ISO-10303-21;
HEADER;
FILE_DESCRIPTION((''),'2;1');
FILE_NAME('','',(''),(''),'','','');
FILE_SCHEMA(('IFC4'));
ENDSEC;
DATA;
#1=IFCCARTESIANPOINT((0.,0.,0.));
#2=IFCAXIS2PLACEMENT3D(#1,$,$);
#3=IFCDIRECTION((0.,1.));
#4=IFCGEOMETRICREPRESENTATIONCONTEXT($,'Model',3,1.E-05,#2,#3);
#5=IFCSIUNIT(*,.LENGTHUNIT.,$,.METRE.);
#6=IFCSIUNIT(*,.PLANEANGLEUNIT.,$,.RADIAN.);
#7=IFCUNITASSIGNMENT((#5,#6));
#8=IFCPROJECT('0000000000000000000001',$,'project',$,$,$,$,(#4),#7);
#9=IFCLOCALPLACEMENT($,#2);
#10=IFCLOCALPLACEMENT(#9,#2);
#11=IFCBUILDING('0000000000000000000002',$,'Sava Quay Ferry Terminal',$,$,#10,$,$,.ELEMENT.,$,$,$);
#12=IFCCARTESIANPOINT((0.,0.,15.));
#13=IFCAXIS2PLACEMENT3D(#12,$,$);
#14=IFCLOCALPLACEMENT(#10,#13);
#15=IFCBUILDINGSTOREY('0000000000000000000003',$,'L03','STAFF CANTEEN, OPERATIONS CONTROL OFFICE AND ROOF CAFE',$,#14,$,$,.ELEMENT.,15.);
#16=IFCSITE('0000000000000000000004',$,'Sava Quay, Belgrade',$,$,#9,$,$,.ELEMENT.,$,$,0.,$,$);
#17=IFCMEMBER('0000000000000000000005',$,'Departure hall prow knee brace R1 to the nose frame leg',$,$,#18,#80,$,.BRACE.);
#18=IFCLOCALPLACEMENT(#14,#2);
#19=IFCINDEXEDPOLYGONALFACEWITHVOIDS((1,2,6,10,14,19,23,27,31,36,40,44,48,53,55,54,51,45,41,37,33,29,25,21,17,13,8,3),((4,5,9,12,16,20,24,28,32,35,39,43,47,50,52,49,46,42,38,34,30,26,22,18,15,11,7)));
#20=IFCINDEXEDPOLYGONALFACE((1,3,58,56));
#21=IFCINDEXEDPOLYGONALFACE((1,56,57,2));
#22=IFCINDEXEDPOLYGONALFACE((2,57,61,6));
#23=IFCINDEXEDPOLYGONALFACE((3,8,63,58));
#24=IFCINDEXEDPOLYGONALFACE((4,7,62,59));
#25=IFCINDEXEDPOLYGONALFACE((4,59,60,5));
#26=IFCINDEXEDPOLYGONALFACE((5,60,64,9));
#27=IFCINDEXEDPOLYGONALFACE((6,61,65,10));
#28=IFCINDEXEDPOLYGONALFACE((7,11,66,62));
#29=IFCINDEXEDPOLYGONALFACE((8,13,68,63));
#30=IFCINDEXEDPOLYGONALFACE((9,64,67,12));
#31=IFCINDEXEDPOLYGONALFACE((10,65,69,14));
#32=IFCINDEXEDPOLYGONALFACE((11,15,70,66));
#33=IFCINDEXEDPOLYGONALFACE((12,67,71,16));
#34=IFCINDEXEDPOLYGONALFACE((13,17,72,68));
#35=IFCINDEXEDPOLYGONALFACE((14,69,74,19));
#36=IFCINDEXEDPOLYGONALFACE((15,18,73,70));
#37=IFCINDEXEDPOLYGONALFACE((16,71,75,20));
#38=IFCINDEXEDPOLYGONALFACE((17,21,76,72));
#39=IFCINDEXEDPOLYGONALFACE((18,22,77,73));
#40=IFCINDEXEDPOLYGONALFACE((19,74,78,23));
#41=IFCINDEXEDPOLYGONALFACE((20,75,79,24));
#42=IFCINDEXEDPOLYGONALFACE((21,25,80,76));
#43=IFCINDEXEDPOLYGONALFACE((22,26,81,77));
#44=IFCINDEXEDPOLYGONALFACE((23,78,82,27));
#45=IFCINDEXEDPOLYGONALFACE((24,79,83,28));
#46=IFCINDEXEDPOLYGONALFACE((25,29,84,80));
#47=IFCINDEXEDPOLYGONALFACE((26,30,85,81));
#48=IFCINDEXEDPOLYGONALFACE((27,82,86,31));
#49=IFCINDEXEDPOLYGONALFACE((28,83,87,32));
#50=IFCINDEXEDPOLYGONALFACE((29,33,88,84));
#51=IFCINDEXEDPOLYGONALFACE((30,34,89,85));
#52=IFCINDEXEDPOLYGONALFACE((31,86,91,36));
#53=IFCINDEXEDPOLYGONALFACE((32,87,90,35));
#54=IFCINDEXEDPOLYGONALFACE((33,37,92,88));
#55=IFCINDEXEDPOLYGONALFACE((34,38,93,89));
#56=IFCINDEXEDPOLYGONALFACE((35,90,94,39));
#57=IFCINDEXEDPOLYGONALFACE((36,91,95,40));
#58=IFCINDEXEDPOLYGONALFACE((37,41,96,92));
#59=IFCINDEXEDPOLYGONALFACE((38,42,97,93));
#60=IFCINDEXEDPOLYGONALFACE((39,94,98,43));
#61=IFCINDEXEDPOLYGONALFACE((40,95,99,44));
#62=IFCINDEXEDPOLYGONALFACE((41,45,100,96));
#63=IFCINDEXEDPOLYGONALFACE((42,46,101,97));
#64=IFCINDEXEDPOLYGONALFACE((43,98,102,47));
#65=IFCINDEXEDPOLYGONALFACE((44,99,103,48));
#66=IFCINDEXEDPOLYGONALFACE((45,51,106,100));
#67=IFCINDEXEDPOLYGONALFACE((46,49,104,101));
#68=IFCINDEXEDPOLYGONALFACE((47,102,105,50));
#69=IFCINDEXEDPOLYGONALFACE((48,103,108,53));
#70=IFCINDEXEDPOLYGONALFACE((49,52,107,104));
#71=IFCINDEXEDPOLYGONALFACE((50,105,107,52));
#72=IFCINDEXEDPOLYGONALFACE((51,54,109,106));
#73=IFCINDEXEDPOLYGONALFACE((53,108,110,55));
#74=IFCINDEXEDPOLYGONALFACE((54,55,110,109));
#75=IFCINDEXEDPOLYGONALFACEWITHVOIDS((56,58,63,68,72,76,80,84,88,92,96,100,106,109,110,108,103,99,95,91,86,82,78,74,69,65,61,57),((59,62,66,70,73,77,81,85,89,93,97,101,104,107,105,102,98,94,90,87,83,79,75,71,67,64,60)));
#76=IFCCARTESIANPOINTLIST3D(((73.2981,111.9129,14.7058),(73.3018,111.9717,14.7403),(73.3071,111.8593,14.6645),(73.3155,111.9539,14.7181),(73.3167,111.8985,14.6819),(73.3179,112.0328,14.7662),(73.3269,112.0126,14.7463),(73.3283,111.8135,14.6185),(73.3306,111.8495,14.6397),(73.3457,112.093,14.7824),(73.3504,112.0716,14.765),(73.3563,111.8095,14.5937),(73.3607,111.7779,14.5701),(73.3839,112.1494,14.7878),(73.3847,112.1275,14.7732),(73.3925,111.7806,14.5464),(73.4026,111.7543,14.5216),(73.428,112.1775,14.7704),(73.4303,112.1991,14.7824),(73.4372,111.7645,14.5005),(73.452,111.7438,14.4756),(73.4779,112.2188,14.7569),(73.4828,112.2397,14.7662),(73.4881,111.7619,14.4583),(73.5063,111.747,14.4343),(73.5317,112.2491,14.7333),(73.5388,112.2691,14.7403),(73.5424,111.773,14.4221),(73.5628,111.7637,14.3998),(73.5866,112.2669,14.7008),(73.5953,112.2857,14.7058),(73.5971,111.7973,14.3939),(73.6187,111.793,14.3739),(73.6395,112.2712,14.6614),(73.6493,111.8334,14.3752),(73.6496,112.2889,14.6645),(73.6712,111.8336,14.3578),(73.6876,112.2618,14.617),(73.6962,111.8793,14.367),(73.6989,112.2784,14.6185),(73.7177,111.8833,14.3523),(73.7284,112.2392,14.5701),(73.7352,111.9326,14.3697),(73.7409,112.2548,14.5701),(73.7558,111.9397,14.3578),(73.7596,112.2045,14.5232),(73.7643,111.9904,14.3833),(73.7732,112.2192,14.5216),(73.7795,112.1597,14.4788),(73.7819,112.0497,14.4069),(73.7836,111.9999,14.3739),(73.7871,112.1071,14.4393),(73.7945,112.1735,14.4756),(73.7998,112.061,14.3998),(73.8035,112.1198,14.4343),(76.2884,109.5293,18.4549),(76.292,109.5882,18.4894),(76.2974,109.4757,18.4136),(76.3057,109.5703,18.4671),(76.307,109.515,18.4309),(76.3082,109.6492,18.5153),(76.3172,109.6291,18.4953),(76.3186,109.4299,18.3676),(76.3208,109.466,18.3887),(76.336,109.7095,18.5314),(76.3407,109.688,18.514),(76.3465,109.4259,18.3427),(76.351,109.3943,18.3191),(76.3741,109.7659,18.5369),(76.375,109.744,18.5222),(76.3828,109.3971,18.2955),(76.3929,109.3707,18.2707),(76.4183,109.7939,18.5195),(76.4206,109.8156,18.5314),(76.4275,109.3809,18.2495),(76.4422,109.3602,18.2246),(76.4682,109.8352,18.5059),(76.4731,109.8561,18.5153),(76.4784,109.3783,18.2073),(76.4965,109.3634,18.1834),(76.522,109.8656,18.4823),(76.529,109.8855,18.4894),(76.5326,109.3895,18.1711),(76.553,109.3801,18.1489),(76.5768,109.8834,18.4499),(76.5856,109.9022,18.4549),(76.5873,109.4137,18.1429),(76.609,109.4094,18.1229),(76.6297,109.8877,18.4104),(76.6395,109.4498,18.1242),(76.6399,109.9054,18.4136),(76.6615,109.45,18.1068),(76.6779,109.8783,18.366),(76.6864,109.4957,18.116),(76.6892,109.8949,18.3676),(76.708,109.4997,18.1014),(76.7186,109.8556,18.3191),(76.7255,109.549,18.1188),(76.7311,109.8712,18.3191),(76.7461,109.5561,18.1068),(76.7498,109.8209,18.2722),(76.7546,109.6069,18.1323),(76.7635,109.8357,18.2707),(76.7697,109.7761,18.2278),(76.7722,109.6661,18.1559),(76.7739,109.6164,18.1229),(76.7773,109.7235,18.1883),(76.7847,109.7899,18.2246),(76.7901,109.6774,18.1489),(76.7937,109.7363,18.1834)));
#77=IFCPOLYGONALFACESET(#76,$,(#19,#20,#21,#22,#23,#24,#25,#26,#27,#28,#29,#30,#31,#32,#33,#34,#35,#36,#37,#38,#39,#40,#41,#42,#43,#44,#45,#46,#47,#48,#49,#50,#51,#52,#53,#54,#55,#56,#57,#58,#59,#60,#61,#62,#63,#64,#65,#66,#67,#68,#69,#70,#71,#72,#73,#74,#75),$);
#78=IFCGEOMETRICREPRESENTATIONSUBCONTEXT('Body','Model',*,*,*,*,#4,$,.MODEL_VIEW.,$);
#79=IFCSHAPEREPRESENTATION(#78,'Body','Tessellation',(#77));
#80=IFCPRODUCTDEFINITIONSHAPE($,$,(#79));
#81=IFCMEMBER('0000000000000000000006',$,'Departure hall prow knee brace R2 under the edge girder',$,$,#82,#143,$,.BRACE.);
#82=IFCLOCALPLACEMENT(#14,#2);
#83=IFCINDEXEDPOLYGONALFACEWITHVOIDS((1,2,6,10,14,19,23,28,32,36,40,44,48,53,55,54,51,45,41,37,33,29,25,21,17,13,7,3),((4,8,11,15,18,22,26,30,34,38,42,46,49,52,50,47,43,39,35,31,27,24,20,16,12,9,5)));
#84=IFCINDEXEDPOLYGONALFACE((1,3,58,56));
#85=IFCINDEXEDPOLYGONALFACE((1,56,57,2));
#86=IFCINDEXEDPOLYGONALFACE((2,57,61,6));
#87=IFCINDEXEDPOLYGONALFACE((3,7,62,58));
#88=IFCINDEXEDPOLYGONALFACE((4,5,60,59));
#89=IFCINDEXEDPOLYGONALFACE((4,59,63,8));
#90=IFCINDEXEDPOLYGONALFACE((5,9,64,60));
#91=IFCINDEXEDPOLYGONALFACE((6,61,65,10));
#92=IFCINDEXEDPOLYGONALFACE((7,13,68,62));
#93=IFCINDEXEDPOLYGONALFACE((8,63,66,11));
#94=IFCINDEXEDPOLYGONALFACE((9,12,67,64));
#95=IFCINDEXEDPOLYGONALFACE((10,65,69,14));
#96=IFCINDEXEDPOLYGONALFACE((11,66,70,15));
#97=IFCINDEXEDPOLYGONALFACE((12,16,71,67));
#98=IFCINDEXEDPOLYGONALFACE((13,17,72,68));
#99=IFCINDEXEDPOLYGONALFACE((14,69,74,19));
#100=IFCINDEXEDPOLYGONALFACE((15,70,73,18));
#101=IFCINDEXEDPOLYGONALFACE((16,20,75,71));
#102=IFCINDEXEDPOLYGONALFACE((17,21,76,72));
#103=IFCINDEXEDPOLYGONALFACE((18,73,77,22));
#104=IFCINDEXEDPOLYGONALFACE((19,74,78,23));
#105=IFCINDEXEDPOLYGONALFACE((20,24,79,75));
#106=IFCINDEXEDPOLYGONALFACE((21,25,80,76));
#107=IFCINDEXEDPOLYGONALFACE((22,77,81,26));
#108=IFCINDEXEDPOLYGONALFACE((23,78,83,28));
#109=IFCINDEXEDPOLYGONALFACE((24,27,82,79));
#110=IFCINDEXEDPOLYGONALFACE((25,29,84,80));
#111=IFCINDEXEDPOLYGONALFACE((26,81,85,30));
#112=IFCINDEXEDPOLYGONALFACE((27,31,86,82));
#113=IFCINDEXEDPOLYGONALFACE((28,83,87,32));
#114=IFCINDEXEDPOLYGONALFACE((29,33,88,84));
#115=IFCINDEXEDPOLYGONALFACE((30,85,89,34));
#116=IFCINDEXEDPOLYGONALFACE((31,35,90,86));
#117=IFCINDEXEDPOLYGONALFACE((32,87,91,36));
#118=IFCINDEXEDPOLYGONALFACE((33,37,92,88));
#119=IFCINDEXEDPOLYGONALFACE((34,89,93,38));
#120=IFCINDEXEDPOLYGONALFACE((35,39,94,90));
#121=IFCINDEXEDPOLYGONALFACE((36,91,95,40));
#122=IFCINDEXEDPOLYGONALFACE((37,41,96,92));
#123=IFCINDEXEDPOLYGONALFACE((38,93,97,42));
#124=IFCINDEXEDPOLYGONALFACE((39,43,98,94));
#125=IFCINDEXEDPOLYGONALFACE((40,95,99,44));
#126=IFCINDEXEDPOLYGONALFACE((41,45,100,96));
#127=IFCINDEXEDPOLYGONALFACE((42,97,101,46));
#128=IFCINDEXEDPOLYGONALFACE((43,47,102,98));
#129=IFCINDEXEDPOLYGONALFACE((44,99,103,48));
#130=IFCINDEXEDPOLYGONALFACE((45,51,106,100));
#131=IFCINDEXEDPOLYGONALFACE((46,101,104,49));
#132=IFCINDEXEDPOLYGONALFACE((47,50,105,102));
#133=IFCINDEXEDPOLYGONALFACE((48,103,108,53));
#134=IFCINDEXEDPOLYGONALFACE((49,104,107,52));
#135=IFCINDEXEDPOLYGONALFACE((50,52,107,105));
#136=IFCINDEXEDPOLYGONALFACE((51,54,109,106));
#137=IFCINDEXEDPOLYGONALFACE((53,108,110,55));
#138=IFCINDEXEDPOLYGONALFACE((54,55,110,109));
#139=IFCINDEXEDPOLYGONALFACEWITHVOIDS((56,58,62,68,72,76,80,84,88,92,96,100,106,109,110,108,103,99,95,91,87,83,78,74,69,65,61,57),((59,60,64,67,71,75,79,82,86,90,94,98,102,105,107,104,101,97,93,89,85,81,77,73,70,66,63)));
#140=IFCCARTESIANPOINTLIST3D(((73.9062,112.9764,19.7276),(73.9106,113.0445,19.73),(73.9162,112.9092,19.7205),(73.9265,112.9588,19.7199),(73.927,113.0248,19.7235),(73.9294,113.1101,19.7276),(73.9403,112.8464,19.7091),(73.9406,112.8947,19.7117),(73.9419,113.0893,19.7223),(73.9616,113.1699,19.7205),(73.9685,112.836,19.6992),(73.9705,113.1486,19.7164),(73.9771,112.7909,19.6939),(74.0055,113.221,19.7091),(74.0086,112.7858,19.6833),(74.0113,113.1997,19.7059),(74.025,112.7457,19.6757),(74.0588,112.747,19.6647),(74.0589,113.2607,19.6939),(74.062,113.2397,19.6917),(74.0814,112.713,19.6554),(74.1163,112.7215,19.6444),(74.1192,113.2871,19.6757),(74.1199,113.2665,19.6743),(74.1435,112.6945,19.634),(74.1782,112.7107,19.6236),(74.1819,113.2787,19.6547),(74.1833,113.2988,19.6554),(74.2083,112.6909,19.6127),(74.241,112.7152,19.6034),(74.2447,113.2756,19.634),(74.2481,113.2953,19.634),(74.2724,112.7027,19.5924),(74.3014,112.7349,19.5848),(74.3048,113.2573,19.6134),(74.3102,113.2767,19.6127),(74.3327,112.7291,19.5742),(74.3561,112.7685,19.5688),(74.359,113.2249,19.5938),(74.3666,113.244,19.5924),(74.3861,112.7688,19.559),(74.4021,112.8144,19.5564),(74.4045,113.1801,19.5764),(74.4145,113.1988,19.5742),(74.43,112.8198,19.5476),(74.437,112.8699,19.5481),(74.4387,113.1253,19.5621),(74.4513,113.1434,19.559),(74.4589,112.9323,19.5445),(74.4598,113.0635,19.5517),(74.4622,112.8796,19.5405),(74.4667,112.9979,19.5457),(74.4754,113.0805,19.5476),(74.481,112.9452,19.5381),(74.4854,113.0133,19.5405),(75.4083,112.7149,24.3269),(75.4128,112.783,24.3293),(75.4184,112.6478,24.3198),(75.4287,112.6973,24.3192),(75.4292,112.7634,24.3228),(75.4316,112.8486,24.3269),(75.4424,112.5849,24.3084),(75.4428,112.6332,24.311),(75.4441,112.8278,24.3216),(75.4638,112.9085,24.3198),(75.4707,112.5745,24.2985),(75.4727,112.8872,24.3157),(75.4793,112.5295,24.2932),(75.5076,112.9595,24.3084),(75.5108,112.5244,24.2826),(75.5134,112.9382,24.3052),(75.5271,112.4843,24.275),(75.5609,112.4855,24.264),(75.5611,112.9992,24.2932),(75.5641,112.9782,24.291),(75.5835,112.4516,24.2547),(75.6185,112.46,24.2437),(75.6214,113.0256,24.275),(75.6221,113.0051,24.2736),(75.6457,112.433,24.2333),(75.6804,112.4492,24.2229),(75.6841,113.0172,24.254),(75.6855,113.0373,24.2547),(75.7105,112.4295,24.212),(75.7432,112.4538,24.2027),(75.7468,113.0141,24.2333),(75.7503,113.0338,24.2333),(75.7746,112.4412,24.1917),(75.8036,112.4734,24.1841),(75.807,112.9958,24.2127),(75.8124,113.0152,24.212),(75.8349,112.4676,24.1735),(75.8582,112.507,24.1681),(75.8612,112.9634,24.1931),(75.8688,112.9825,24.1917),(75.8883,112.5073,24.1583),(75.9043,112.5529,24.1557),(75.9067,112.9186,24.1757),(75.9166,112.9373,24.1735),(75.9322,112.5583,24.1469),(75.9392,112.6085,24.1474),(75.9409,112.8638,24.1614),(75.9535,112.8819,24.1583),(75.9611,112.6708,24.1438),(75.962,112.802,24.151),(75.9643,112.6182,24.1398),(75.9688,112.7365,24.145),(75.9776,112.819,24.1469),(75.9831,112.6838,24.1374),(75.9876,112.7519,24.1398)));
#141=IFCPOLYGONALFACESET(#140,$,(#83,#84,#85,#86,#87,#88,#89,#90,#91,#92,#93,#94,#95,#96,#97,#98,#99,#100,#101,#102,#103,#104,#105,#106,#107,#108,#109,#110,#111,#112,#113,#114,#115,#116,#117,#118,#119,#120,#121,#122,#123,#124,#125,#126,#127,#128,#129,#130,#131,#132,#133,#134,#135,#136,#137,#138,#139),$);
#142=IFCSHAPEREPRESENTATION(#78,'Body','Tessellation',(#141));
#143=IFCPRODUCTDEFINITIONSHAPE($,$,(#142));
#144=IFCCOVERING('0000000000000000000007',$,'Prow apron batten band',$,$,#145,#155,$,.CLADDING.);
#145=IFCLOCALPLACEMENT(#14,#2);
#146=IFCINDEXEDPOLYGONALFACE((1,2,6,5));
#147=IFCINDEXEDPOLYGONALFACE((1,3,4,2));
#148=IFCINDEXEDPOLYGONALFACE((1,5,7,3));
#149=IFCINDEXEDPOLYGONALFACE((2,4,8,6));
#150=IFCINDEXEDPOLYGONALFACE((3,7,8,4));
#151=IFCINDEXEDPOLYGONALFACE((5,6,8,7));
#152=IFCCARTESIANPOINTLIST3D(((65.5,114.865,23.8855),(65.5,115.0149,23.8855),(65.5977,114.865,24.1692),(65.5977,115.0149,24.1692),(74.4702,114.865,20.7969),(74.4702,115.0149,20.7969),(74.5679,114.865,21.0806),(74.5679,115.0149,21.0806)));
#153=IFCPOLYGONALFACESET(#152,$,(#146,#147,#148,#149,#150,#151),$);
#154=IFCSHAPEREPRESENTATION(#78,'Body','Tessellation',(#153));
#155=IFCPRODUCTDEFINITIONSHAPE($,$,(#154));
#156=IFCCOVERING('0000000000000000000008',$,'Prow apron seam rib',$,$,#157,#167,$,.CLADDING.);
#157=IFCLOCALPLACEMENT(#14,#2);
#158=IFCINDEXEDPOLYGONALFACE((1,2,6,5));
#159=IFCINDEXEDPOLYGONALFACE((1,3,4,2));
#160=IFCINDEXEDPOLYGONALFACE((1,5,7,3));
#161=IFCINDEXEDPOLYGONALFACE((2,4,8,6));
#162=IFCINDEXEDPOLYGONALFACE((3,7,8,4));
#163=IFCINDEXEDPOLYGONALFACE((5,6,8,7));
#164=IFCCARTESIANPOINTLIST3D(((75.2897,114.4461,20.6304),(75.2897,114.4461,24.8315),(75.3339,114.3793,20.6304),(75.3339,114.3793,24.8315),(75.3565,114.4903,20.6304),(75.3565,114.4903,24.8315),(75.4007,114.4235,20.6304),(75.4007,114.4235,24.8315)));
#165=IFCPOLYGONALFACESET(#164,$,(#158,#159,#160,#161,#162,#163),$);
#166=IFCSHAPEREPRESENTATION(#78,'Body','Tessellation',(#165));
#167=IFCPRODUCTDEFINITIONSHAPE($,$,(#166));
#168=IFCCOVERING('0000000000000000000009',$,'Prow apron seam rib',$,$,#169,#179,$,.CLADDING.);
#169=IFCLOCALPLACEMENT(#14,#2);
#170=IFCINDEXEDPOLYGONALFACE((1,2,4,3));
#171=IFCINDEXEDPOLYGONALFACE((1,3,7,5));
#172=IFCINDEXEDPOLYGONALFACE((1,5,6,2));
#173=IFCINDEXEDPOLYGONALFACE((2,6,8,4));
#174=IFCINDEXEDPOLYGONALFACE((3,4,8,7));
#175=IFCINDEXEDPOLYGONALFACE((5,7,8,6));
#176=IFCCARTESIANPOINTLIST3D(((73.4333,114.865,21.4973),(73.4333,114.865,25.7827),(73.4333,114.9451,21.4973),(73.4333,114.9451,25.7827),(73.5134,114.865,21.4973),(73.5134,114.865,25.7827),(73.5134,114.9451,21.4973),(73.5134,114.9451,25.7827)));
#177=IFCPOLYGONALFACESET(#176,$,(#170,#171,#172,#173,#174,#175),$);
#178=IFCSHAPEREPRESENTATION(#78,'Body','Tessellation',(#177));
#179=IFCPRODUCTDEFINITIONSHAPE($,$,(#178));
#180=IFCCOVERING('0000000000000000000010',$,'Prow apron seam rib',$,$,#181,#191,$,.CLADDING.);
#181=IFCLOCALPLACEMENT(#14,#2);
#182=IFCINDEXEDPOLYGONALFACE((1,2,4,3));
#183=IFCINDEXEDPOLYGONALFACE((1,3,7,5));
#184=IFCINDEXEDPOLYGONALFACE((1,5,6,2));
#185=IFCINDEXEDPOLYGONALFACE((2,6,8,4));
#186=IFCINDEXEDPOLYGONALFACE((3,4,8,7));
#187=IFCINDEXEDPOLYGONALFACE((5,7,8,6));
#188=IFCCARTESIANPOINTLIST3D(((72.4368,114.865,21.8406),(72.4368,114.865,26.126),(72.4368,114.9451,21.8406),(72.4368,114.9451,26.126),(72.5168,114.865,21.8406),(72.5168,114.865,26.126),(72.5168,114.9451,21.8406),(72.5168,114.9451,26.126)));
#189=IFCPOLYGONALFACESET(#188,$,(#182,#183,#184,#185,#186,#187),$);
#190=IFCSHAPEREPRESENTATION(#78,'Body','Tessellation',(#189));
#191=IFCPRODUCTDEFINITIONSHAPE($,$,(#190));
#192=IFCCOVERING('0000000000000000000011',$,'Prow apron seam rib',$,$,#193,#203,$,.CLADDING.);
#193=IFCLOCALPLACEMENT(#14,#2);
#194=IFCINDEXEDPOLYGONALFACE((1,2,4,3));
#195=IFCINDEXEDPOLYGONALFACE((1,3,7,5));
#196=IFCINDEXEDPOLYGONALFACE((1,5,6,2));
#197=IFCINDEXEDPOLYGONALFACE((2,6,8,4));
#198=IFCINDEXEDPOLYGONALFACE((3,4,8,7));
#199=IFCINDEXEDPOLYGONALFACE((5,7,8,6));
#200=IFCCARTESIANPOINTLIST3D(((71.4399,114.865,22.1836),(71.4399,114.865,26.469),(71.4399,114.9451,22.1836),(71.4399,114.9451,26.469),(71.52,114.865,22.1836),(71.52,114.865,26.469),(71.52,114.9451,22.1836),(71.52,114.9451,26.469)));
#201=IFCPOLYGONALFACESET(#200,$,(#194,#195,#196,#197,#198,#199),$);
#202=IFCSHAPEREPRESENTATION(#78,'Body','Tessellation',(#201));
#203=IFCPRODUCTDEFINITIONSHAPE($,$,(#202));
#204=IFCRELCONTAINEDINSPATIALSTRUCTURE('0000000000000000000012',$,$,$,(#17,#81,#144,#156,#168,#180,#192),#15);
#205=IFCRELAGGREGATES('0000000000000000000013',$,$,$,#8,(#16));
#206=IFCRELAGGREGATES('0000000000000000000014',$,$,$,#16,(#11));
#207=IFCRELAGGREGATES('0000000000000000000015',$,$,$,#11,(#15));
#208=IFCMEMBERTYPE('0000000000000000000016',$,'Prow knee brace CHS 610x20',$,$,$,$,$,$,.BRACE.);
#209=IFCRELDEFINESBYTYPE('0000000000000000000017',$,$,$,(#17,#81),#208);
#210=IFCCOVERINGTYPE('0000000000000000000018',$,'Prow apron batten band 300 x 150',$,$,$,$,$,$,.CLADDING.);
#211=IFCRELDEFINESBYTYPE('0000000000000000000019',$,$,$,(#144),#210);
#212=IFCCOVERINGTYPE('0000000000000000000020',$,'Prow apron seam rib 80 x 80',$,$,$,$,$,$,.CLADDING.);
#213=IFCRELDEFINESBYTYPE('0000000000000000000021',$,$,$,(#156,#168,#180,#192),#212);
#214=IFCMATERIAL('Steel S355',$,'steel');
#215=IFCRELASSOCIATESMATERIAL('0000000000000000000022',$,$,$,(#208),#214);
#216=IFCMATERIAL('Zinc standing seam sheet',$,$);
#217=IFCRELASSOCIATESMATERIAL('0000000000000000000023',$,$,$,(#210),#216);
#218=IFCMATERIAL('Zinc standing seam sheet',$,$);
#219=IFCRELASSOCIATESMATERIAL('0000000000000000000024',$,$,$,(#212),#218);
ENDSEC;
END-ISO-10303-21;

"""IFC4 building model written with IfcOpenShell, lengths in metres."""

from ifc_helpers import new_model, si_unit, direction, frame, origin, origin_2d, place, context, subcontext, project, spatial, rectangle, hollow_circle, extrude, material, material_profile, profile_set, type_object, element, save


model = new_model("IFC4")

# Units and contexts
model_context = context("Model", 3, precision=1e-05, world=origin(), true_north=direction((0.0, 1.0)))
body_context = subcontext(model_context, "Body", "Model", "MODEL_VIEW")
ifc_project = project(units=[si_unit("LENGTHUNIT", "METRE"), si_unit("PLANEANGLEUNIT", "RADIAN")], contexts=[model_context])

# Site, building, storey
site_placement = place(None, origin())
site = spatial("IfcSite", under=ifc_project, at=site_placement, Name="Sava Quay, Belgrade", CompositionType="ELEMENT", RefElevation=0.0)
building_placement = place(site_placement, origin())
building = spatial("IfcBuilding", under=site, at=building_placement, Name="Sava Quay Ferry Terminal", CompositionType="ELEMENT")
storey_placement = place(building_placement, frame((0.0, 0.0, 15.0)))
storey = spatial("IfcBuildingStorey", under=building, at=storey_placement, Name="L03", Description="STAFF CANTEEN, OPERATIONS CONTROL OFFICE AND ROOF CAFE", CompositionType="ELEMENT", Elevation=15.0)

# Members
ifc_material_1 = material(Name="Steel S355", Category="steel")
ifc_material_profile_1 = material_profile(ifc_material_1, hollow_circle(Radius=0.3049, WallThickness=0.02, at=origin_2d()), Name="CHS 610 x 20.0")
ifc_profile_set_1 = profile_set([ifc_material_profile_1], Name="Steel S355")
member_type = type_object("IfcMemberType", Name="Prow knee brace CHS 610x20", PredefinedType="BRACE", material=ifc_profile_set_1)
member_1_placement = place(storey_placement, frame((73.5508, 112.0164, 14.5701), z_axis=(0.558382, -0.445091, 0.700074), x_axis=(0.623316, 0.78197, 0.0)))
element("IfcMember", 1, at=member_1_placement, inside=storey, type_object=member_type, Name="Departure hall prow knee brace R1 to the nose frame leg", PredefinedType="BRACE", context=body_context, shape_type="SweptSolid", body=[
    extrude(hollow_circle(Radius=0.3049, WallThickness=0.02, at=origin_2d()), origin(), (0.0, 0.0, 1.0), 5.3552),
])
member_2_placement = place(storey_placement, frame((74.1958, 112.9949, 19.634), z_axis=(0.310017, -0.053962, 0.949198), x_axis=(0.171483, 0.985187, 0.0)))
element("IfcMember", 2, at=member_2_placement, inside=storey, type_object=member_type, Name="Departure hall prow knee brace R2 under the edge girder", PredefinedType="BRACE", context=body_context, shape_type="SweptSolid", body=[
    extrude(hollow_circle(Radius=0.3049, WallThickness=0.02, at=origin_2d()), origin(), (0.0, 0.0, 1.0), 4.8455),
])

# Coverings
ifc_material_2 = material(Name="Zinc standing seam sheet")
ifc_material_profile_2 = material_profile(ifc_material_2, rectangle(XDim=0.3, YDim=0.1499, at=origin_2d()), Name="Strip 300 x 150")
ifc_profile_set_2 = profile_set([ifc_material_profile_2], Name="Zinc standing seam sheet")
covering_type_1 = type_object("IfcCoveringType", Name="Prow apron batten band 300 x 150", PredefinedType="CLADDING", material=ifc_profile_set_2)
covering_1_placement = place(storey_placement, frame((74.519, 114.9399, 20.9387), z_axis=(-0.945521, 0.0, 0.325562), x_axis=(0.325562, 0.0, 0.945521)))
element("IfcCovering", 3, at=covering_1_placement, inside=storey, type_object=covering_type_1, Name="Prow apron batten band", PredefinedType="CLADDING", context=body_context, shape_type="SweptSolid", body=[
    extrude(rectangle(XDim=0.3, YDim=0.1499, at=origin_2d()), origin(), (0.0, 0.0, 1.0), 9.4871),
])
ifc_material_3 = material(Name="Zinc standing seam sheet")
ifc_material_profile_3 = material_profile(ifc_material_3, rectangle(XDim=0.0801, YDim=0.0801, at=origin_2d()), Name="Strip 80 x 80")
ifc_profile_set_3 = profile_set([ifc_material_profile_3], Name="Zinc standing seam sheet")
covering_type_2 = type_object("IfcCoveringType", Name="Prow apron seam rib 80 x 80", PredefinedType="CLADDING", material=ifc_profile_set_3)
covering_2_placement = place(storey_placement, frame((75.3452, 114.4348, 20.6304), z_axis=(0.0, 0.0, 1.0), x_axis=(0.551747, -0.834012, 0.0)))
element("IfcCovering", 4, at=covering_2_placement, inside=storey, type_object=covering_type_2, Name="Prow apron seam rib", PredefinedType="CLADDING", context=body_context, shape_type="SweptSolid", body=[
    extrude(rectangle(XDim=0.0801, YDim=0.0801, at=origin_2d()), origin(), (0.0, 0.0, 1.0), 4.2012),
])
for number, where, z_axis, x_axis, name in (
    (5, (73.4734, 114.905, 21.4973), (0.0, 0.0, 1.0), (1.0, 0.0, 0.0), "Prow apron seam rib"),
    (6, (72.4768, 114.905, 21.8406), (0.0, 0.0, 1.0), (1.0, 0.0, 0.0), "Prow apron seam rib"),
    (7, (71.48, 114.905, 22.1836), (0.0, 0.0, 1.0), (1.0, 0.0, 0.0), "Prow apron seam rib"),
):
    element("IfcCovering", number, at=place(storey_placement, frame(where, z_axis=z_axis, x_axis=x_axis)), inside=storey, type_object=covering_type_2, Name=name, PredefinedType="CLADDING", context=body_context, shape_type="SweptSolid", body=[
        extrude(rectangle(XDim=0.0801, YDim=0.0801, at=origin_2d()), origin(), (0.0, 0.0, 1.0), 4.2854),
    ])

save(model, "model.ifc")
